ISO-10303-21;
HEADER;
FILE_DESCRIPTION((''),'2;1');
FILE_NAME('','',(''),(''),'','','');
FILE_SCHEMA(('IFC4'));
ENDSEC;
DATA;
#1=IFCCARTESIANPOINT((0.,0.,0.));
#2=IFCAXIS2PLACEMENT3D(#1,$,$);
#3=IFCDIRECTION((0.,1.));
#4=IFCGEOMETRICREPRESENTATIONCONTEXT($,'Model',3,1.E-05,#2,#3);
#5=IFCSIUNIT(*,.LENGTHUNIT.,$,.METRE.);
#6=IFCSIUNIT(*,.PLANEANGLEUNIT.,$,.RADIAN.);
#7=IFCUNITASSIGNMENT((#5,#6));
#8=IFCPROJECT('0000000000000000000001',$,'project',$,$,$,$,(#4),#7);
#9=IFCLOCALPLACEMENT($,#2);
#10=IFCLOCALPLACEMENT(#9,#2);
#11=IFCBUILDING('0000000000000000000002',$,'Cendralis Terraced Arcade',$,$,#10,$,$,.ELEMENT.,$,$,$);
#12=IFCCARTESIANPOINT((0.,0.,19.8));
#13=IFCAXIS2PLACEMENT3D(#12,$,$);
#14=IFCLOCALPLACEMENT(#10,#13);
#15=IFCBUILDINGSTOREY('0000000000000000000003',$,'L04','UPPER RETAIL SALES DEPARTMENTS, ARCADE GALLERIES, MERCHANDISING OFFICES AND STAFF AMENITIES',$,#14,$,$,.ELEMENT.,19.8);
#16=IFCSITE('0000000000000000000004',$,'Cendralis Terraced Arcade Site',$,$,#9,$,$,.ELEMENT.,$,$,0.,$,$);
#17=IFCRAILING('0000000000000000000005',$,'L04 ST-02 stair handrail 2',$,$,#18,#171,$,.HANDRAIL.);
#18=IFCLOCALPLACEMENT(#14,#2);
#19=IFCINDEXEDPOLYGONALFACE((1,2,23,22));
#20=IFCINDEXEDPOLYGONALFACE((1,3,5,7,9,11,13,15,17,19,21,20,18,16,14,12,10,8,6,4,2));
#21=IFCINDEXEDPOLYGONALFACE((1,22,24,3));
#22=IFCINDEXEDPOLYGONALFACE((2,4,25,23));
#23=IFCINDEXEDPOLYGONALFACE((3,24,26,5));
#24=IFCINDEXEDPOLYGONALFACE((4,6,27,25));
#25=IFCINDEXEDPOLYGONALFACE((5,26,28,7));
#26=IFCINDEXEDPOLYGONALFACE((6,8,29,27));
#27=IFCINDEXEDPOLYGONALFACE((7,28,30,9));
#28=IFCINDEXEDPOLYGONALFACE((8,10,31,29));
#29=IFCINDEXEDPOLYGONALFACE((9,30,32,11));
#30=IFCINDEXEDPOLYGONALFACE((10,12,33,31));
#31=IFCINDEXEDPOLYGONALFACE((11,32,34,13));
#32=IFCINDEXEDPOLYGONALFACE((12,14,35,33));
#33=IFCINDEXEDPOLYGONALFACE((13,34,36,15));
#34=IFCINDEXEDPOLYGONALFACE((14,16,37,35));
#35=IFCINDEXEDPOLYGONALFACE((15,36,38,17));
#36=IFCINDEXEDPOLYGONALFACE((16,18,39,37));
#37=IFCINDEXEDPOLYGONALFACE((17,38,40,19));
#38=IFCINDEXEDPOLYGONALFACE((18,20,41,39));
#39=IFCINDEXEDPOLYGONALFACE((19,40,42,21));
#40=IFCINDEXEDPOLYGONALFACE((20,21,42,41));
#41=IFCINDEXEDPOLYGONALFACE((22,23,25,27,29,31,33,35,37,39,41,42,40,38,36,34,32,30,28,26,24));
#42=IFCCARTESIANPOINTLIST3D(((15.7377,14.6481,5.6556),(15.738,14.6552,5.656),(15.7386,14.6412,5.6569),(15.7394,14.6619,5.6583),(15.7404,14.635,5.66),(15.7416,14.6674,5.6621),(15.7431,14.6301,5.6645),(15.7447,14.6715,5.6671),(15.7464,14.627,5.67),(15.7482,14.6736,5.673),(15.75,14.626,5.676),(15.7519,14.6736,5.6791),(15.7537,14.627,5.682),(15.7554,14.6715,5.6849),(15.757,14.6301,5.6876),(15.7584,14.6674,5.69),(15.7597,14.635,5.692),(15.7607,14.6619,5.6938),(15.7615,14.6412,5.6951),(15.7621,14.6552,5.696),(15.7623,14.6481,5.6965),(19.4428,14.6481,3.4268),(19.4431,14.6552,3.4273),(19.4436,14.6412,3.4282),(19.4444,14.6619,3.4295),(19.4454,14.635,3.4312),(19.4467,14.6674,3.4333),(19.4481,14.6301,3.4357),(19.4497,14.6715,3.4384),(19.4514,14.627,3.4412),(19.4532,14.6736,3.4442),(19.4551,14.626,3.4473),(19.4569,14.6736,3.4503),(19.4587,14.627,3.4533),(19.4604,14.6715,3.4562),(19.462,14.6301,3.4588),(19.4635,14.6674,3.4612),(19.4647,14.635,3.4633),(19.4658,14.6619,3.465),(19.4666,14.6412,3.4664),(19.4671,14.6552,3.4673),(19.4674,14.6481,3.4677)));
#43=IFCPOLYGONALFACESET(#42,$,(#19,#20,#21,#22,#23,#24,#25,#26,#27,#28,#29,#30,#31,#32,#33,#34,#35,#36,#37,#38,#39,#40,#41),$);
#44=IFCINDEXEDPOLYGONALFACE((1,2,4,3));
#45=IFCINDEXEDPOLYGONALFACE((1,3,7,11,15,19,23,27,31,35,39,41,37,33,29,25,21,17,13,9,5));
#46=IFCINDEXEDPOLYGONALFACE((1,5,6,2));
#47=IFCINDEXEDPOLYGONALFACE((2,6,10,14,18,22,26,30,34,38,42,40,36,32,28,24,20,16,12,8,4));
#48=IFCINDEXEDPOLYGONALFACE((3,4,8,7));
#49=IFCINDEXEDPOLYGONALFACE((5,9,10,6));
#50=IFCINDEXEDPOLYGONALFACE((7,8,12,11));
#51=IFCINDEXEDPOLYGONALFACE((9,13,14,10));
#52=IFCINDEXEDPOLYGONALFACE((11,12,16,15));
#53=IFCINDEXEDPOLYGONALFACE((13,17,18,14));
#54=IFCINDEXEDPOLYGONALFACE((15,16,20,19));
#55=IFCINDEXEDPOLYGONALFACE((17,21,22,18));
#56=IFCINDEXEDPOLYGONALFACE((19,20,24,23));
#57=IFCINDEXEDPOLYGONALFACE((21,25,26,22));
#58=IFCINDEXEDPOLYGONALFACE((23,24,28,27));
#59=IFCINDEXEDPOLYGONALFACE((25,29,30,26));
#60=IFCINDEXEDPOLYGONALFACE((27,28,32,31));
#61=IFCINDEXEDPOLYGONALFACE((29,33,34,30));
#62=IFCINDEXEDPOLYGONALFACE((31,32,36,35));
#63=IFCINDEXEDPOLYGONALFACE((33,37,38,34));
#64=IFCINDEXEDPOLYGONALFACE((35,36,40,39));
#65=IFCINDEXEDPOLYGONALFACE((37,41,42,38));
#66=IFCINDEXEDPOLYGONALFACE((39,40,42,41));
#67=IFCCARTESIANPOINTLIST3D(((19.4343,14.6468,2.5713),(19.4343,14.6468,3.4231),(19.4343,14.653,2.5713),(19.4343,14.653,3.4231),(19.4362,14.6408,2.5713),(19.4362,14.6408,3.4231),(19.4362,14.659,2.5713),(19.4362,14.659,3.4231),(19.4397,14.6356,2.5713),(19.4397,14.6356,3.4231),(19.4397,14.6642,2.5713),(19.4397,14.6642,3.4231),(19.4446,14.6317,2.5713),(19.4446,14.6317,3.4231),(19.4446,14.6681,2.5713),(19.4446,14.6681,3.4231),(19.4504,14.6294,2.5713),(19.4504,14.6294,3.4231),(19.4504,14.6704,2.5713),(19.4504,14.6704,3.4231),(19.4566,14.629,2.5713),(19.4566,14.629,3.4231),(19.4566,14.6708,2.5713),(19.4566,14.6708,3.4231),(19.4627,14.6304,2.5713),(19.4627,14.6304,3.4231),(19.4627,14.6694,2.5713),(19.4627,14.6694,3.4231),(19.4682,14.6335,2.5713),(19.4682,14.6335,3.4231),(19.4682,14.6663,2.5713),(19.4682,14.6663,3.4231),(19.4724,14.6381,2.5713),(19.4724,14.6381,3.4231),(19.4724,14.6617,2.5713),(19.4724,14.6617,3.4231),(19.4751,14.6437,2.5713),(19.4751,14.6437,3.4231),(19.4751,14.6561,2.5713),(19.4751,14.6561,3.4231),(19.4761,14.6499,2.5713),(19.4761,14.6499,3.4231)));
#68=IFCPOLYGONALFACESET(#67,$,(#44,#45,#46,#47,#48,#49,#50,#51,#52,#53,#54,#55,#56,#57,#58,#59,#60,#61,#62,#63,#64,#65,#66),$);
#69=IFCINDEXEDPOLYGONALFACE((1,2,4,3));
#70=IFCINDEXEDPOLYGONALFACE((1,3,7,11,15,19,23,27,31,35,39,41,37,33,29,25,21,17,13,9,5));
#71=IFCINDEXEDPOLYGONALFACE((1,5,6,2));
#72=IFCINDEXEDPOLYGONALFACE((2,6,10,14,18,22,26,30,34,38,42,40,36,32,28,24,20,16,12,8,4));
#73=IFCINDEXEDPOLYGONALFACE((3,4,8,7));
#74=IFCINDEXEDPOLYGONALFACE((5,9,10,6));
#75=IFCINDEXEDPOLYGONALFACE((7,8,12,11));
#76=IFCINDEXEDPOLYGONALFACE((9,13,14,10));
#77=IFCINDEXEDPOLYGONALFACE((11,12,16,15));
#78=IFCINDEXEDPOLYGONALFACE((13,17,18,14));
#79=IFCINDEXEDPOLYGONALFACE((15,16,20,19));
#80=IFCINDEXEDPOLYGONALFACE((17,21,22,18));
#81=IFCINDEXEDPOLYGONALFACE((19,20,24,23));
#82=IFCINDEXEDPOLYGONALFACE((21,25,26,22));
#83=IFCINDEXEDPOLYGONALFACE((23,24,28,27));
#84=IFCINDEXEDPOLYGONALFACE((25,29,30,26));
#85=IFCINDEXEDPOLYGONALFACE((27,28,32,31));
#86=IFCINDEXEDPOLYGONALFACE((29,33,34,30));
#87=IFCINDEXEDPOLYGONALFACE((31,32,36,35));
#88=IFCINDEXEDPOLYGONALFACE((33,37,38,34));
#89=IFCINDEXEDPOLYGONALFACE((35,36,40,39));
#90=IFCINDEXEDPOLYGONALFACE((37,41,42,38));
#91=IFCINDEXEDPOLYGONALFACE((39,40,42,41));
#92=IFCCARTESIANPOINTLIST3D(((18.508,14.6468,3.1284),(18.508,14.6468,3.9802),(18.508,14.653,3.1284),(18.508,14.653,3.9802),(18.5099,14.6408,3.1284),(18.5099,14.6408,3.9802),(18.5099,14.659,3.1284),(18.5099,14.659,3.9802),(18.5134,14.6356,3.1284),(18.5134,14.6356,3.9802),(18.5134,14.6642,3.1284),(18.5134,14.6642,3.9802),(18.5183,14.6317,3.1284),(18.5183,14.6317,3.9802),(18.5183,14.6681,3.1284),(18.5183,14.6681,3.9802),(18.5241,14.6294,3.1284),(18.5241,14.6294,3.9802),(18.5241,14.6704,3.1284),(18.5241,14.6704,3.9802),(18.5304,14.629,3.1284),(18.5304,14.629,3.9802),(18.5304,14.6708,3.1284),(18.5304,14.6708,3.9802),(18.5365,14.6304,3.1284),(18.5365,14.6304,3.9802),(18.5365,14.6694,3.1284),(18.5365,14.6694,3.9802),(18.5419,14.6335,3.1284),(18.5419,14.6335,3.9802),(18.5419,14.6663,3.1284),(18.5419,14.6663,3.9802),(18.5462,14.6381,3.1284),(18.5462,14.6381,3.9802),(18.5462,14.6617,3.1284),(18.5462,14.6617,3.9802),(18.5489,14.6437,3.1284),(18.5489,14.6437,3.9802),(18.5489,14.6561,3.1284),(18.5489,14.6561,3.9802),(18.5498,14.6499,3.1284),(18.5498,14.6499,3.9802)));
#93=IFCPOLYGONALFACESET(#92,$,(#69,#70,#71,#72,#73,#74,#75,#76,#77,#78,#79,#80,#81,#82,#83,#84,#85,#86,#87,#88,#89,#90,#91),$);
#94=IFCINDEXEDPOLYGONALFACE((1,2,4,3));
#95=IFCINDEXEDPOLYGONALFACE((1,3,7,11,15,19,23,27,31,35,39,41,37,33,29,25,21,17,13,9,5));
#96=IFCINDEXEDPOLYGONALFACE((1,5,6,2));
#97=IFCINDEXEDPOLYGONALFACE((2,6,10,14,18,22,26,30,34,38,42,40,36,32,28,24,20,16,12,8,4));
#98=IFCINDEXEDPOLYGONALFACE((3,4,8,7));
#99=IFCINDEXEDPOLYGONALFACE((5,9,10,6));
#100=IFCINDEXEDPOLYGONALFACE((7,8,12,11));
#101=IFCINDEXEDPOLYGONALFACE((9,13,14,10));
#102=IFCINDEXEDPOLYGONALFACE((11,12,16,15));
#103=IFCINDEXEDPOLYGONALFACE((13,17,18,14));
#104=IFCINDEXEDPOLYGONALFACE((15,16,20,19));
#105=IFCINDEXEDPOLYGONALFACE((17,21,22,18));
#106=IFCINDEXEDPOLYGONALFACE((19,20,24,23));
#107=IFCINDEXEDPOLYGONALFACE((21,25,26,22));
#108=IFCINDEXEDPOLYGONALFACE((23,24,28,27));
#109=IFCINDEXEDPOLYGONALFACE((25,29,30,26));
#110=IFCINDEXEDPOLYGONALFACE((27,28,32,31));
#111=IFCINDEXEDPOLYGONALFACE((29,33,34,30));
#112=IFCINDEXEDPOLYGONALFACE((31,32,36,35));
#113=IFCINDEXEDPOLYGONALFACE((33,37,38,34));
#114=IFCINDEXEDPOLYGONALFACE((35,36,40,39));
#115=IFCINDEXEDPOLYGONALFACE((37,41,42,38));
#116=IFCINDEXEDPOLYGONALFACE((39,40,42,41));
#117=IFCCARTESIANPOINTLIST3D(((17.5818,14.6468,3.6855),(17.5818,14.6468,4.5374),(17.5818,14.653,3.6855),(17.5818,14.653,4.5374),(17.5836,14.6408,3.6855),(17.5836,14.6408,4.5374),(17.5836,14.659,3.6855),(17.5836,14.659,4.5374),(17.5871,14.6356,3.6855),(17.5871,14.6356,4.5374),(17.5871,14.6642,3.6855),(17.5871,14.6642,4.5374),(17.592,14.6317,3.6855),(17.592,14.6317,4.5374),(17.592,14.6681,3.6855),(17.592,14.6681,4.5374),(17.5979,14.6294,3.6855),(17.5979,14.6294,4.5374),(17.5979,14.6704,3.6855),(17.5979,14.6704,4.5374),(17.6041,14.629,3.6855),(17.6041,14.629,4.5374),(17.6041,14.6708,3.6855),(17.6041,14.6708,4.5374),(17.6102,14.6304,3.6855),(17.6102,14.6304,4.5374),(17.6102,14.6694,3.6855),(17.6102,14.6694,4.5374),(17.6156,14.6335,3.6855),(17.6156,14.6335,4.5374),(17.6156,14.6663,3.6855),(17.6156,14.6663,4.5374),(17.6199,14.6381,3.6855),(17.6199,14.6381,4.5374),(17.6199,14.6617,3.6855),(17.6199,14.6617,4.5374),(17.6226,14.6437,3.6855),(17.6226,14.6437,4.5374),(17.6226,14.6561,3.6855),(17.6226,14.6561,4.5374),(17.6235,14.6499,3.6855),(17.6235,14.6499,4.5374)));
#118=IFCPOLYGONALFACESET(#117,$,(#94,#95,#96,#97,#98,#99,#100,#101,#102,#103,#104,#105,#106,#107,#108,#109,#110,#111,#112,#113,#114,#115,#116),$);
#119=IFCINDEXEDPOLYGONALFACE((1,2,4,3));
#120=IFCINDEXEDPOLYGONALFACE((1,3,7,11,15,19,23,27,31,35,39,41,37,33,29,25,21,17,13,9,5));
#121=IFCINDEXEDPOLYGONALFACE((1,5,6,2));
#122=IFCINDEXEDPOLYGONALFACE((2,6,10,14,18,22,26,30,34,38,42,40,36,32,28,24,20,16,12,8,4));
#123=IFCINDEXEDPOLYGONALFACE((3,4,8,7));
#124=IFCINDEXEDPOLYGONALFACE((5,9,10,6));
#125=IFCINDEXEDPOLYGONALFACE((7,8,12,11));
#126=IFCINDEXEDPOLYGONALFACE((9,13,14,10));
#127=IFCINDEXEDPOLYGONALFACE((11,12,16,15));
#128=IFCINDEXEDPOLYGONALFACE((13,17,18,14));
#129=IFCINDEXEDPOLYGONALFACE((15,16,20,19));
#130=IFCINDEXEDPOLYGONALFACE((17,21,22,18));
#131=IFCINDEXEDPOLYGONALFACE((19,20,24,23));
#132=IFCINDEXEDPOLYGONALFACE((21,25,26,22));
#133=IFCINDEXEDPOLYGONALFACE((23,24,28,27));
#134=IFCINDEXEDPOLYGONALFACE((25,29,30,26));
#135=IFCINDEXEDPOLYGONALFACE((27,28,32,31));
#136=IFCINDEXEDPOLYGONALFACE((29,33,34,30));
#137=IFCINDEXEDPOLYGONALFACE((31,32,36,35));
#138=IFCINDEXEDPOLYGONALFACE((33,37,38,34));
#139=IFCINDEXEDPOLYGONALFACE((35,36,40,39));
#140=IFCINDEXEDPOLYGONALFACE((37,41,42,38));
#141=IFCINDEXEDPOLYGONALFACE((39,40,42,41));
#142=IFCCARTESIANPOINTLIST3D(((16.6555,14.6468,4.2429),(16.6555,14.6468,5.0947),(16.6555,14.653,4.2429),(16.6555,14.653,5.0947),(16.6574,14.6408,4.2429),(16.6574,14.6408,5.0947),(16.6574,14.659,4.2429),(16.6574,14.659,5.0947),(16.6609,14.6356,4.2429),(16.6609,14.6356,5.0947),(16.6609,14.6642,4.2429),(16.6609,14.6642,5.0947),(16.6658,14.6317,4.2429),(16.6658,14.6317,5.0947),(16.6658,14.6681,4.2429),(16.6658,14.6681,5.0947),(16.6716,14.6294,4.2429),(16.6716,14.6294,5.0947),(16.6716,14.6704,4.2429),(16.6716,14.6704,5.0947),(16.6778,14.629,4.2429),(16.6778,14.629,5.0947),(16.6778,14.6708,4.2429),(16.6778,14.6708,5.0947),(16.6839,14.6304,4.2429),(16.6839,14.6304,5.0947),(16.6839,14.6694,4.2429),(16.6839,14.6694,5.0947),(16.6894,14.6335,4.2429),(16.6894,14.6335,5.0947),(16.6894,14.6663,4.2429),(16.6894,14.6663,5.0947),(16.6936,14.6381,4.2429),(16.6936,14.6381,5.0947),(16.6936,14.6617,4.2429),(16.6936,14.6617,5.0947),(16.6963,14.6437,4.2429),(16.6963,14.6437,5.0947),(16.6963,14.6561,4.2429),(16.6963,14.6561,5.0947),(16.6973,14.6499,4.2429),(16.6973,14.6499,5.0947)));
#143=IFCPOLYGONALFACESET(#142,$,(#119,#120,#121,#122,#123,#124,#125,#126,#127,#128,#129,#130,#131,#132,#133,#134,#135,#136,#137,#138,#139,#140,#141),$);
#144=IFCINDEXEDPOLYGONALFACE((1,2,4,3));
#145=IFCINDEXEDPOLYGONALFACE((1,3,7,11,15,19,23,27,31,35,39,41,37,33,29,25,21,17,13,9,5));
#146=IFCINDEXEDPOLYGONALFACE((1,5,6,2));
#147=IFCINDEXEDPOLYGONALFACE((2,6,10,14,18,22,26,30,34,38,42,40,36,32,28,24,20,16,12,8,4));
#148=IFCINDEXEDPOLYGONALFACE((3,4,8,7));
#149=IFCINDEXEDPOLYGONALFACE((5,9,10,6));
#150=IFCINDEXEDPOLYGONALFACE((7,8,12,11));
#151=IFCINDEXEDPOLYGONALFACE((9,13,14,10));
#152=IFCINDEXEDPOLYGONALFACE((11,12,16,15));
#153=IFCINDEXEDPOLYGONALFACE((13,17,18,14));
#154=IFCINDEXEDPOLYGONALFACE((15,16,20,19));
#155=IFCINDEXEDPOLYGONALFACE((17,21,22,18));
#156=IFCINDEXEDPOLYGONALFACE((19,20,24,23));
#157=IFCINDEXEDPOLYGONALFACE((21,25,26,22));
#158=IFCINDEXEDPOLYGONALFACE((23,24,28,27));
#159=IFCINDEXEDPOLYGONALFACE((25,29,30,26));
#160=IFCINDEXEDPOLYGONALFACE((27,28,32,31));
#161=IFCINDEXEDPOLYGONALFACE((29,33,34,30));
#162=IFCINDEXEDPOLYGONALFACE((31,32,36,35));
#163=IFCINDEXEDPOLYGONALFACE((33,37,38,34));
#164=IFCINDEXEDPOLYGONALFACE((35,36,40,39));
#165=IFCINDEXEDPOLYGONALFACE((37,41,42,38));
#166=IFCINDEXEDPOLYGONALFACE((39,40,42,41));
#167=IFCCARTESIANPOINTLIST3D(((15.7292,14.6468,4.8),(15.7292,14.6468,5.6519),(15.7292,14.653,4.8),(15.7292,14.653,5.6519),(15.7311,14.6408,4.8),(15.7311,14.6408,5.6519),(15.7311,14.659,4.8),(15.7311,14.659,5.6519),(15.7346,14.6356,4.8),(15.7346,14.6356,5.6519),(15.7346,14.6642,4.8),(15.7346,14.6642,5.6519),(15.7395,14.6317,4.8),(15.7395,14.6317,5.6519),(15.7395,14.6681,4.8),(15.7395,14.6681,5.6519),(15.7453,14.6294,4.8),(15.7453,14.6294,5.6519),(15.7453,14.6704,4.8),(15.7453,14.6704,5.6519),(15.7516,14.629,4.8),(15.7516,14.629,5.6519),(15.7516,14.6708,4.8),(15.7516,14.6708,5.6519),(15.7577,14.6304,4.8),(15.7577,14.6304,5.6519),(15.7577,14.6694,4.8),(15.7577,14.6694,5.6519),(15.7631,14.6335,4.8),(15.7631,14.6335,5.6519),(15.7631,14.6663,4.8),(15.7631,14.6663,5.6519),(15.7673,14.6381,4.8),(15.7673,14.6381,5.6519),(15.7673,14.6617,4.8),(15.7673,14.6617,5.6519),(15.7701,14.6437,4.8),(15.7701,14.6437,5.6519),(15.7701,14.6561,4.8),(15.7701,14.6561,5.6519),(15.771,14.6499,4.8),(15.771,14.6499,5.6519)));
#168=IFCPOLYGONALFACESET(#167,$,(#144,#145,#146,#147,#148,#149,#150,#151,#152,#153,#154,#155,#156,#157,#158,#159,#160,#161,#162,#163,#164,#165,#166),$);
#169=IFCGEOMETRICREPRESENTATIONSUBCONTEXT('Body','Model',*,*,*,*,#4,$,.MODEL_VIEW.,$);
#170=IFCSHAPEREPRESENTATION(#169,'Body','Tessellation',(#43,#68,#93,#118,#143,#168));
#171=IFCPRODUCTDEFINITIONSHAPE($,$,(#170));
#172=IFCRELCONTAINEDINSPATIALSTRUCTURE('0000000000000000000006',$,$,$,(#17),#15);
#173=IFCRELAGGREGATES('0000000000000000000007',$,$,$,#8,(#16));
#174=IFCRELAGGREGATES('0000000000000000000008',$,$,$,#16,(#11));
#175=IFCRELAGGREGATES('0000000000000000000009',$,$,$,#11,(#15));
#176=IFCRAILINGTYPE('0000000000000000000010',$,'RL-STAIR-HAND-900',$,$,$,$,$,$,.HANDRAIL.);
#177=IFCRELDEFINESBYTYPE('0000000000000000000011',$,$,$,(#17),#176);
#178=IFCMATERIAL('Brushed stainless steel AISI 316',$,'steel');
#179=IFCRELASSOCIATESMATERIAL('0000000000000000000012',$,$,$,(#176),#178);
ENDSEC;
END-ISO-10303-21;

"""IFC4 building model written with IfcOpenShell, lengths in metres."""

from ifc_helpers import new_model, si_unit, direction, frame, origin, origin_2d, place, context, subcontext, project, spatial, circle, extrude, material, type_object, element, save


model = new_model("IFC4")

# Units and contexts
model_context = context("Model", 3, precision=1e-05, world=origin(), true_north=direction((0.0, 1.0)))
body_context = subcontext(model_context, "Body", "Model", "MODEL_VIEW")
ifc_project = project(units=[si_unit("LENGTHUNIT", "METRE"), si_unit("PLANEANGLEUNIT", "RADIAN")], contexts=[model_context])

# Site, building, storey
site_placement = place(None, origin())
site = spatial("IfcSite", under=ifc_project, at=site_placement, Name="Cendralis Terraced Arcade Site", CompositionType="ELEMENT", RefElevation=0.0)
building_placement = place(site_placement, origin())
building = spatial("IfcBuilding", under=site, at=building_placement, Name="Cendralis Terraced Arcade", CompositionType="ELEMENT")
storey_placement = place(building_placement, frame((0.0, 0.0, 19.8)))
storey = spatial("IfcBuildingStorey", under=building, at=storey_placement, Name="L04", Description="UPPER RETAIL SALES DEPARTMENTS, ARCADE GALLERIES, MERCHANDISING OFFICES AND STAFF AMENITIES", CompositionType="ELEMENT", Elevation=19.8)

# Railing
ifc_material_1 = material(Name="Brushed stainless steel AISI 316", Category="steel")
railing_type = type_object("IfcRailingType", Name="RL-STAIR-HAND-900", PredefinedType="HANDRAIL", material=ifc_material_1)
railing_placement = place(storey_placement, frame((19.4551, 14.6499, 2.5713)))
element("IfcRailing", 1, at=railing_placement, inside=storey, type_object=railing_type, Name="L04 ST-02 stair handrail 2", PredefinedType="HANDRAIL", context=body_context, shape_type="SweptSolid", body=[
    extrude(circle(Radius=0.0239, at=origin_2d()), frame((0.0, 0.0, 0.876), z_axis=(-0.856909, 0.0, 0.515467), x_axis=(0.0, -1.0, 0.0)), (0.0, 0.0, 1.0), 4.3237),
    extrude(circle(Radius=0.021, at=origin_2d()), origin(), (0.0, 0.0, 1.0), 0.8518),
    extrude(circle(Radius=0.021, at=origin_2d()), frame((-0.9263, 0.0, 0.5571)), (0.0, 0.0, 1.0), 0.8518),
    extrude(circle(Radius=0.021, at=origin_2d()), frame((-1.8525, 0.0, 1.1143)), (0.0, 0.0, 1.0), 0.8518),
    extrude(circle(Radius=0.021, at=origin_2d()), frame((-2.7788, 0.0, 1.6716)), (0.0, 0.0, 1.0), 0.8518),
    extrude(circle(Radius=0.021, at=origin_2d()), frame((-3.7051, 0.0, 2.2288)), (0.0, 0.0, 1.0), 0.8518),
])

save(model, "model.ifc")
